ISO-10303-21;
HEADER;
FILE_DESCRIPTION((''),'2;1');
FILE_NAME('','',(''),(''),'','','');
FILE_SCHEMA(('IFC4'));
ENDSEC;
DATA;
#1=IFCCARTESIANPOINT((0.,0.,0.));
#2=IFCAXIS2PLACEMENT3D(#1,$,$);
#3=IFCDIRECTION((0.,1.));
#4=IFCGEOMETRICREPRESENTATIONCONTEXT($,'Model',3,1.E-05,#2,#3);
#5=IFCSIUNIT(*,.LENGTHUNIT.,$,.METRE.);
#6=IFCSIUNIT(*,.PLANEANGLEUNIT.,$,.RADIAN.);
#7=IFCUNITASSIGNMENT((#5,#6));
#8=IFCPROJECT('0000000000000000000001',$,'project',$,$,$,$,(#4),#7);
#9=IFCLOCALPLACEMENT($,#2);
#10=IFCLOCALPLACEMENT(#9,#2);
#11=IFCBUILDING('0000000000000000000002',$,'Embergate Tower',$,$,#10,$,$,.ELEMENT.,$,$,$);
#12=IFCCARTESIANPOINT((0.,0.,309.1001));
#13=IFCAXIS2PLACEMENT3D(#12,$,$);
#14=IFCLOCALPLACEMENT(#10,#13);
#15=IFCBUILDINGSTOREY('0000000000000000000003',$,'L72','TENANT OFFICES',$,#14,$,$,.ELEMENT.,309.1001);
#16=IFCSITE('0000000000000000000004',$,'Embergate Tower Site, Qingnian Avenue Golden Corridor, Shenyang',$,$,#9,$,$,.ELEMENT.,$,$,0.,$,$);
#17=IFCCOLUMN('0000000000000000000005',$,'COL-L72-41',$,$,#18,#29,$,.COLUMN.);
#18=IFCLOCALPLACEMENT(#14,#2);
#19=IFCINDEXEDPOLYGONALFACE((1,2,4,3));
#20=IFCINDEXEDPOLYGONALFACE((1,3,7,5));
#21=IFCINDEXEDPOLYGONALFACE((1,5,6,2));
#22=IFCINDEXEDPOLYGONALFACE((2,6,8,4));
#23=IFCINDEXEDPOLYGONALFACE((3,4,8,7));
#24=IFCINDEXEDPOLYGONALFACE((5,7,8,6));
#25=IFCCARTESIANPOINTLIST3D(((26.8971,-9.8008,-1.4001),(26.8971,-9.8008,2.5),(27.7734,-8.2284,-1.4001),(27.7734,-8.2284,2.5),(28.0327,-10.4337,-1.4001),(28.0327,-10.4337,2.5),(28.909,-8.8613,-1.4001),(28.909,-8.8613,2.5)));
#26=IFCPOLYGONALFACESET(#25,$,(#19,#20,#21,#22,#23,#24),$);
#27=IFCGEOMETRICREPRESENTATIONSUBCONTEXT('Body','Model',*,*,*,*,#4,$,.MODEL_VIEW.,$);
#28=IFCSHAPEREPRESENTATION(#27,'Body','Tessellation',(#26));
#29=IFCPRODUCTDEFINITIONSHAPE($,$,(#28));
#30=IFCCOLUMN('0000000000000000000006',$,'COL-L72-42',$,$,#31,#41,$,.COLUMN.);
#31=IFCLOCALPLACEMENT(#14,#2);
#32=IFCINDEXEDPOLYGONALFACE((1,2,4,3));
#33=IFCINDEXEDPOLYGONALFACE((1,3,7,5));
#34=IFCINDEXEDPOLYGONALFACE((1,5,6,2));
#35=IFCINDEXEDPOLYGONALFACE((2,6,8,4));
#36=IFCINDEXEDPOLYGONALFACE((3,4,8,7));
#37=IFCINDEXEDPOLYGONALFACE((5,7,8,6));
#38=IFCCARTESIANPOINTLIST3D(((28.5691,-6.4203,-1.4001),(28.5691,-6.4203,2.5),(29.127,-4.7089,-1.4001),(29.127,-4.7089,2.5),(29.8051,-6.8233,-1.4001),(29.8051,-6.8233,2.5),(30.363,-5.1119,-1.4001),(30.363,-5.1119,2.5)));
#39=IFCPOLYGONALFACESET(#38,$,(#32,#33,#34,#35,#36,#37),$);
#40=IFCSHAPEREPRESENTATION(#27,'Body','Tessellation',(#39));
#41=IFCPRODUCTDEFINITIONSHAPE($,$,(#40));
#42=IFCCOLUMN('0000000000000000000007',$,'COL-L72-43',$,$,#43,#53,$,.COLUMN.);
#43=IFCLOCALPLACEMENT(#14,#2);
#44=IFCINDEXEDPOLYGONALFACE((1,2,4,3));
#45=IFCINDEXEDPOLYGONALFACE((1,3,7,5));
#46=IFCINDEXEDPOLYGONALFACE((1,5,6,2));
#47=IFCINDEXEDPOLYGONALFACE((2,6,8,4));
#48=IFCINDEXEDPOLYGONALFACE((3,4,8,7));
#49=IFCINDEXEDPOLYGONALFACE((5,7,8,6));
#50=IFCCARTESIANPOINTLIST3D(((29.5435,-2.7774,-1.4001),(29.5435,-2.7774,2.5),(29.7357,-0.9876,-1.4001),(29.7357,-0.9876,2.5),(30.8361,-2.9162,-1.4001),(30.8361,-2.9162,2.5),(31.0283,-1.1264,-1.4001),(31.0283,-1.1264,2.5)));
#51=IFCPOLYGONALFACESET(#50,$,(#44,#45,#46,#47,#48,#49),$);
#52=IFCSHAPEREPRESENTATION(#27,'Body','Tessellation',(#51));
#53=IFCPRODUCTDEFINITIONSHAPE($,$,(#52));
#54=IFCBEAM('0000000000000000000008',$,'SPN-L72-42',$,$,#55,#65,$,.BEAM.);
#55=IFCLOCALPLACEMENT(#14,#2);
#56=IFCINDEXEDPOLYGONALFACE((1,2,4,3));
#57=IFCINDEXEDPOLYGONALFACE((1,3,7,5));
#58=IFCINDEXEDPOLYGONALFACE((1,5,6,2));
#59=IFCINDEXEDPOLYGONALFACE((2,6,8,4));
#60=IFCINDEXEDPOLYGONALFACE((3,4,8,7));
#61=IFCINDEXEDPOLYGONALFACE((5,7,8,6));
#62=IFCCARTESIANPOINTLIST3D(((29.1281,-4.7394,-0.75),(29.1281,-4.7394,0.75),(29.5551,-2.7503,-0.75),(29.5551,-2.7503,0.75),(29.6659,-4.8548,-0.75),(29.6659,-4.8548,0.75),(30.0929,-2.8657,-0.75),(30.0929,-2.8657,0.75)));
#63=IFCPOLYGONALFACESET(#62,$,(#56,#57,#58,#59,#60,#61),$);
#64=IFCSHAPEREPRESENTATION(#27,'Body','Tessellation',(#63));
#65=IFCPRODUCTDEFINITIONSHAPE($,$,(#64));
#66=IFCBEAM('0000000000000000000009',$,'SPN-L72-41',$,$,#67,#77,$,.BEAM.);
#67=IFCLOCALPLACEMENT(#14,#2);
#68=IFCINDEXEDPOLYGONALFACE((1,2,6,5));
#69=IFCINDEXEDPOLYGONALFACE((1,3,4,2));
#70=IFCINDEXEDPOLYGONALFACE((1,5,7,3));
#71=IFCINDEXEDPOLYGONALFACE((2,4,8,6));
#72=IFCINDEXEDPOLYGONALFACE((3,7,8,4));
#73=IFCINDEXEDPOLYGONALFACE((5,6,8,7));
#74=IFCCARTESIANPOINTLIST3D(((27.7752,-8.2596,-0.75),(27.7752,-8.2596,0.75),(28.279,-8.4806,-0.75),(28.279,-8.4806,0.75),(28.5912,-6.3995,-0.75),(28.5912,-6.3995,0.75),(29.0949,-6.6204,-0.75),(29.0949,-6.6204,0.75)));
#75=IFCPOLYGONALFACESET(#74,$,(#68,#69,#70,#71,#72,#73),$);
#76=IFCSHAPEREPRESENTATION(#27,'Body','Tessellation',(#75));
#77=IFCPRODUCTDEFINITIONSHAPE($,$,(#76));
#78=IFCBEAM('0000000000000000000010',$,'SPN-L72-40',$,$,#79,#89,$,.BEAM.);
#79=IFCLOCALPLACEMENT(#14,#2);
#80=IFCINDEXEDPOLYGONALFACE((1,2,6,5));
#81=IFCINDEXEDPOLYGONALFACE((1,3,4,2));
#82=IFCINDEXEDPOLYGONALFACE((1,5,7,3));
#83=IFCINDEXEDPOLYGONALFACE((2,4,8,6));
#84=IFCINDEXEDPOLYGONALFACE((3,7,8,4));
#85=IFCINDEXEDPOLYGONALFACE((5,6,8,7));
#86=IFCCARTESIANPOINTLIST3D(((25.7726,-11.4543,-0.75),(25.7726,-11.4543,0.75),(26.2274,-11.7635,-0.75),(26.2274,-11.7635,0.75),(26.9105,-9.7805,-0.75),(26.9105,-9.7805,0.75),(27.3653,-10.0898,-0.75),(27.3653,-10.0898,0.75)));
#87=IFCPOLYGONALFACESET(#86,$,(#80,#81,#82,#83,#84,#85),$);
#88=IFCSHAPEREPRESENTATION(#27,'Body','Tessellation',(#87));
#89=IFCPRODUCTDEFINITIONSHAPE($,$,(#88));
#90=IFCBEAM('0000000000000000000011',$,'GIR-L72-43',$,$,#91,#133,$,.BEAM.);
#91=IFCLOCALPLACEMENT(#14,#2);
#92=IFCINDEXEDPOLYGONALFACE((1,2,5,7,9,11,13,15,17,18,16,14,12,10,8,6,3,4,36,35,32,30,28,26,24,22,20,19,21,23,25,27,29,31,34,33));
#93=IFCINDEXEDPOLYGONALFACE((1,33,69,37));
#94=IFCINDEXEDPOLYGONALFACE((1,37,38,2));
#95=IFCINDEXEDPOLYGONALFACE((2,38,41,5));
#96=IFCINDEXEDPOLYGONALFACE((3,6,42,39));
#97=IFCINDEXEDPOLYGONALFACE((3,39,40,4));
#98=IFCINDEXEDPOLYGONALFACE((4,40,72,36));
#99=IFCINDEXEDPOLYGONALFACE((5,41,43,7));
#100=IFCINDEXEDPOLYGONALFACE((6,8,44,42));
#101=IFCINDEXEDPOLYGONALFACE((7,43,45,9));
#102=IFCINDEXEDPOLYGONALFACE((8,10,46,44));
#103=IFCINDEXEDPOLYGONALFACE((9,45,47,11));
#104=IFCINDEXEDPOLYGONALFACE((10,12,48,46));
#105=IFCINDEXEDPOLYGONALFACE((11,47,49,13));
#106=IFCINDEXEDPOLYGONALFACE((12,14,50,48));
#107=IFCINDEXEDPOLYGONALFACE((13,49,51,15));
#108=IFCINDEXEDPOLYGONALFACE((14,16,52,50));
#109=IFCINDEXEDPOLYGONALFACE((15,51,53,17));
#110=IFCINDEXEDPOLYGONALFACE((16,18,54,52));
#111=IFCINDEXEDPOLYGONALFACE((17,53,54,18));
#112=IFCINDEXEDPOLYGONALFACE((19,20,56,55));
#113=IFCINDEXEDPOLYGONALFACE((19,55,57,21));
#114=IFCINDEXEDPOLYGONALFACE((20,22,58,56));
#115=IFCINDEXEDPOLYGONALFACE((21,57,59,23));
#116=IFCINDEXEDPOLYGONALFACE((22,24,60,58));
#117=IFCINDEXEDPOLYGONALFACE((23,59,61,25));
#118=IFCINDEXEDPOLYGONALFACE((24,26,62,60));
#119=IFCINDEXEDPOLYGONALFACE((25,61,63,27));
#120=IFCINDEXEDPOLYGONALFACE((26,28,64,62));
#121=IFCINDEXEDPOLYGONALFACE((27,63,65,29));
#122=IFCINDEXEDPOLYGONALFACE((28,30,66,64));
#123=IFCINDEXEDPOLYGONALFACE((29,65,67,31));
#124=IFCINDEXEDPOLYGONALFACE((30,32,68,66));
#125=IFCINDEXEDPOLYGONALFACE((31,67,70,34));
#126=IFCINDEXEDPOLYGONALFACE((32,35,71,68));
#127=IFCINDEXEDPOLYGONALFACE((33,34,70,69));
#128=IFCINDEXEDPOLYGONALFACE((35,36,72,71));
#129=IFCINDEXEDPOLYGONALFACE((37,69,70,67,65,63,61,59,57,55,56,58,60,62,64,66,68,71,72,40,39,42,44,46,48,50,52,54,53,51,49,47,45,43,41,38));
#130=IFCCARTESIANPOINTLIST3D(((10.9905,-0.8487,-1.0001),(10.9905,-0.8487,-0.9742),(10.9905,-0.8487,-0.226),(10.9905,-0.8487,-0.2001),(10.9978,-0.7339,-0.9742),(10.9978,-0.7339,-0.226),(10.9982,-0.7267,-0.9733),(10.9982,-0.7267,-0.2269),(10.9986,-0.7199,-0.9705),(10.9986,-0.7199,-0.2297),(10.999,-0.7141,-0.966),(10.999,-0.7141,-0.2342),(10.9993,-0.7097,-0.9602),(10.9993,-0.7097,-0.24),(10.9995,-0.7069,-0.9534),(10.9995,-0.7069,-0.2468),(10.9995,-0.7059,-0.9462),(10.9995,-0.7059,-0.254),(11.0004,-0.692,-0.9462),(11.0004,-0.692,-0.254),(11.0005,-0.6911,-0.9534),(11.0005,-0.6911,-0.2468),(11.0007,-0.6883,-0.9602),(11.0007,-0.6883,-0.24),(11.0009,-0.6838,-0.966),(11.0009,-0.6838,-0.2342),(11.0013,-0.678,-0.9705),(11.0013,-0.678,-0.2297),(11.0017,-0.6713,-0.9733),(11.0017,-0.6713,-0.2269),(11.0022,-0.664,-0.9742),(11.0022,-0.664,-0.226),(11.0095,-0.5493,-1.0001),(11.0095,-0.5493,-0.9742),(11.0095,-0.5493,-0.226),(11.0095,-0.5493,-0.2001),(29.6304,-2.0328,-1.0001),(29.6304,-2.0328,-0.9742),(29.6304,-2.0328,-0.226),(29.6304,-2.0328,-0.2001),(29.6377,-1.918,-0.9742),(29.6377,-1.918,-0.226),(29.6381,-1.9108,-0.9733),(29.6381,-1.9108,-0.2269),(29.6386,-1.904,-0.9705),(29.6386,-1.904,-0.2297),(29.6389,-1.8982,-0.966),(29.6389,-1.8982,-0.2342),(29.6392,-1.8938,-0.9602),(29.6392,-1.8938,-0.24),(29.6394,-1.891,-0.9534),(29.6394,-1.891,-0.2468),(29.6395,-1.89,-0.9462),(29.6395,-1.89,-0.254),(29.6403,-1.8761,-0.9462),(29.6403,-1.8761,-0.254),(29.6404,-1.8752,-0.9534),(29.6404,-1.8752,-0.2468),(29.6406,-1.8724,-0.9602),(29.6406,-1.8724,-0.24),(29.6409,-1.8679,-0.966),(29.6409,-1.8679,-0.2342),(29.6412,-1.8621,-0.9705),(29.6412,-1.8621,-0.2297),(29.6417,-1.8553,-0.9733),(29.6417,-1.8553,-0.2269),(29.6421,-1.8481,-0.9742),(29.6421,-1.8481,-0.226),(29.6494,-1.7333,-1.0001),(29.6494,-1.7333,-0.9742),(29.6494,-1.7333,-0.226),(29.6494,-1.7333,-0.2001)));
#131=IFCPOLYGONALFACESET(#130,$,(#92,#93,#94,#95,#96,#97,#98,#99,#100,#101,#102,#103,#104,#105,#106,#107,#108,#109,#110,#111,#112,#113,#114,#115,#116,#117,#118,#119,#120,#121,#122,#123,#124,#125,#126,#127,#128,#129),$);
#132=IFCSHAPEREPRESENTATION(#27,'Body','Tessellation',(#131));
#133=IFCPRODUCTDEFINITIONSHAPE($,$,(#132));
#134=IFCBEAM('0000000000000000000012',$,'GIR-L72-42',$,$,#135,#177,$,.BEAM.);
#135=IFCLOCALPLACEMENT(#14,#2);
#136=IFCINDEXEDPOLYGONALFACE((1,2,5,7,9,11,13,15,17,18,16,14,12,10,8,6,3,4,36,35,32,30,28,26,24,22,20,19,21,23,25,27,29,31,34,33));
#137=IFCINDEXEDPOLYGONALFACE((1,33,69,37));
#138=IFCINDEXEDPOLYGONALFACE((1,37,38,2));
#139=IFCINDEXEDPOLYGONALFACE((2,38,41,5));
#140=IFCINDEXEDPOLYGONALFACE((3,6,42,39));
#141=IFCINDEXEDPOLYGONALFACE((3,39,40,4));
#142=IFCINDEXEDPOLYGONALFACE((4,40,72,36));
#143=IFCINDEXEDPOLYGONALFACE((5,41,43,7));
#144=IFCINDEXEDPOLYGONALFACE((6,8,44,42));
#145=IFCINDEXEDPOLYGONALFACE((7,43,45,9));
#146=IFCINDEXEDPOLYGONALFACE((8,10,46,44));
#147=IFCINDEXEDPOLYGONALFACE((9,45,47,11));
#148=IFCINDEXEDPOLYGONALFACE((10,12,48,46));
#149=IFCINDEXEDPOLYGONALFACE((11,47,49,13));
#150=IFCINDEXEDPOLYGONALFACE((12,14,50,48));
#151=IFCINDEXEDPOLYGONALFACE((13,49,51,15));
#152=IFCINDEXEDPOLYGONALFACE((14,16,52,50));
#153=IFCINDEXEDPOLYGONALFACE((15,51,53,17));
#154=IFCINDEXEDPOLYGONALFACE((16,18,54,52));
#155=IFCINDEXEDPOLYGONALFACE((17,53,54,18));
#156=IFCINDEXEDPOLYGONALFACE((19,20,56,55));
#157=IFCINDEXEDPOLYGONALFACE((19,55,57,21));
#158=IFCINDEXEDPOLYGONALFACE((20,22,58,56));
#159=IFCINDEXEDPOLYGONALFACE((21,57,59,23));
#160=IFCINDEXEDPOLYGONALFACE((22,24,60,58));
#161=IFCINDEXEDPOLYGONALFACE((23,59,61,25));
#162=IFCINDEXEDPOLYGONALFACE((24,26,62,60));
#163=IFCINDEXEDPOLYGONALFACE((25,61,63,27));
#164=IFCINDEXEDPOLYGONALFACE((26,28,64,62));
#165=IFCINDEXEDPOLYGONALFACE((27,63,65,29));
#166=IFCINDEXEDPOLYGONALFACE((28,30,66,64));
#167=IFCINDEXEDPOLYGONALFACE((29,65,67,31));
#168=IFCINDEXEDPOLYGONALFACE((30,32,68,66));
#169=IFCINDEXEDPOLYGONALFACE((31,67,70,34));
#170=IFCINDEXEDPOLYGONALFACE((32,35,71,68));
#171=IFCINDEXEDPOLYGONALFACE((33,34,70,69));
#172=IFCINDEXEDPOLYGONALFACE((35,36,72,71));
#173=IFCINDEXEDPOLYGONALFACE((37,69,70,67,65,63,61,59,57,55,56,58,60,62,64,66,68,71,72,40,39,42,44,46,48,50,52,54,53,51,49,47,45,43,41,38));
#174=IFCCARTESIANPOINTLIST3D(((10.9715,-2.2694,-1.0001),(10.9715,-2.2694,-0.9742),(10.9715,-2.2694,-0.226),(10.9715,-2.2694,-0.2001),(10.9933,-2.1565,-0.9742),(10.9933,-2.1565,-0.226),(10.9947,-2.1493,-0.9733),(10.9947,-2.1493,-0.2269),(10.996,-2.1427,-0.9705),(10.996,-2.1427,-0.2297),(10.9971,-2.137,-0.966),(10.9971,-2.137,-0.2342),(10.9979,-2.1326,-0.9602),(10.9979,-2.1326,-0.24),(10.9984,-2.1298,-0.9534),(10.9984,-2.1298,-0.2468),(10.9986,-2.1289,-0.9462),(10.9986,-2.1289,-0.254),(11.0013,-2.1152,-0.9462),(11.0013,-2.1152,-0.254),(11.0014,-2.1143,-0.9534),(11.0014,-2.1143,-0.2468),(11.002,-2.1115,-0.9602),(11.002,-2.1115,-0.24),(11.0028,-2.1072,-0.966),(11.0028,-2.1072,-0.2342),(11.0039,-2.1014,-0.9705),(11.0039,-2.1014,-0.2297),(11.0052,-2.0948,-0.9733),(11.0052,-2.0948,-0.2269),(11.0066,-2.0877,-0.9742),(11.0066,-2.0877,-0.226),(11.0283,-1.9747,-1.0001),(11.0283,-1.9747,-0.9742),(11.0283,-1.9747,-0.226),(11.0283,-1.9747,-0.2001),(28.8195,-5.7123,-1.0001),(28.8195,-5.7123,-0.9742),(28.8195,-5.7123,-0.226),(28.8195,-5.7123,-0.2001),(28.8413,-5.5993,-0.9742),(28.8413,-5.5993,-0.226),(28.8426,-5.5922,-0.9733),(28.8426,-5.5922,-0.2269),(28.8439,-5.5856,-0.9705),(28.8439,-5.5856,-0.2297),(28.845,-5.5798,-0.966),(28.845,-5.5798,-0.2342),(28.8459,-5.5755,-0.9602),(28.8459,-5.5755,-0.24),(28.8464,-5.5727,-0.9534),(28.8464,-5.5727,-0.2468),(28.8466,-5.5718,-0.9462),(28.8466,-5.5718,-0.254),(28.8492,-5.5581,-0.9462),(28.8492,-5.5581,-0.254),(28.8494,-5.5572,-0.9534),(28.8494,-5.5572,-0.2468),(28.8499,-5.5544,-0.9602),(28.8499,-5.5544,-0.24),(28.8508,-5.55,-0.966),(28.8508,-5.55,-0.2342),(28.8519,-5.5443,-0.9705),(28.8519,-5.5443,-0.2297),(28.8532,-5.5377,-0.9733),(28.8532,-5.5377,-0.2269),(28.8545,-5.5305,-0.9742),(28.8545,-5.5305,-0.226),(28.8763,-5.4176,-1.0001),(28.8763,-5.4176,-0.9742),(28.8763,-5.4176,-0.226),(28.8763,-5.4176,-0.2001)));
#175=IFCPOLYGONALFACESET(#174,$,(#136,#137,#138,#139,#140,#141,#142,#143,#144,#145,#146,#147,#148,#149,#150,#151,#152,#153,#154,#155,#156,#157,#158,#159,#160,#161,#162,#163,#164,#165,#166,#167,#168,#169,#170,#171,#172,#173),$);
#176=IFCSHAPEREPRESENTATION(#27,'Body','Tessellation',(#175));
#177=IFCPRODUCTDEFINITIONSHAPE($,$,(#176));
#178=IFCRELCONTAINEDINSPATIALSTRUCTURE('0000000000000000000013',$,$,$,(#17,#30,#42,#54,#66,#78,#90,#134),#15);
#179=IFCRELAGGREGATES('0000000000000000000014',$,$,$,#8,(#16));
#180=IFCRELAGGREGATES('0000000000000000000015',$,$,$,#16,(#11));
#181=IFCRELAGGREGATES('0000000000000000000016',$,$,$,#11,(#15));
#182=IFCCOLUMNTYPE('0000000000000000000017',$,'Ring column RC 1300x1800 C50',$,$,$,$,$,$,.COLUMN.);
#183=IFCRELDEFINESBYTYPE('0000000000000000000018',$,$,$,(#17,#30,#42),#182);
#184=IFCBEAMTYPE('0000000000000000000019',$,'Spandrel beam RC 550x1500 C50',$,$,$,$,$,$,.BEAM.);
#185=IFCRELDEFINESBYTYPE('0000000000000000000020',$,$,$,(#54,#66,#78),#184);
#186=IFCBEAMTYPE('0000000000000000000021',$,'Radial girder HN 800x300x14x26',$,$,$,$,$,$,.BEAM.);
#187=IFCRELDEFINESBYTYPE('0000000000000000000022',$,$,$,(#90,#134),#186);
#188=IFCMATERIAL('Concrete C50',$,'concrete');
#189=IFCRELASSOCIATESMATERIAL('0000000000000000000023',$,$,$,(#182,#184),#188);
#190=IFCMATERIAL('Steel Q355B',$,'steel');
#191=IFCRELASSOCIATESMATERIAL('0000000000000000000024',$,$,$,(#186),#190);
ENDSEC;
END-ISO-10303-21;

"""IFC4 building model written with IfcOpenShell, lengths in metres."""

from ifc_helpers import new_model, si_unit, direction, frame, origin, origin_2d, place, context, subcontext, project, spatial, rectangle, i_section, extrude, source, transform, mapped, material, material_profile, profile_set, type_object, element, save


model = new_model("IFC4")

# Units and contexts
model_context = context("Model", 3, precision=1e-05, world=origin(), true_north=direction((0.0, 1.0)))
body_context = subcontext(model_context, "Body", "Model", "MODEL_VIEW")
ifc_project = project(units=[si_unit("LENGTHUNIT", "METRE"), si_unit("PLANEANGLEUNIT", "RADIAN")], contexts=[model_context])

# Site, building, storey
site_placement = place(None, origin())
site = spatial("IfcSite", under=ifc_project, at=site_placement, Name="Embergate Tower Site, Qingnian Avenue Golden Corridor, Shenyang", CompositionType="ELEMENT", RefElevation=0.0)
building_placement = place(site_placement, origin())
building = spatial("IfcBuilding", under=site, at=building_placement, Name="Embergate Tower", CompositionType="ELEMENT")
storey_placement = place(building_placement, frame((0.0, 0.0, 309.1001)))
storey = spatial("IfcBuildingStorey", under=building, at=storey_placement, Name="L72", Description="TENANT OFFICES", CompositionType="ELEMENT", Elevation=309.1001)

# Columns
ifc_material_1 = material(Name="Concrete C50", Category="concrete")
ifc_material_profile_1 = material_profile(ifc_material_1, rectangle(XDim=1.3, YDim=1.8, at=origin_2d()), Name="RC 1300x1800")
ifc_profile_set_1 = profile_set([ifc_material_profile_1], Name="Concrete C50")
column_type = type_object("IfcColumnType", Name="Ring column RC 1300x1800 C50", PredefinedType="COLUMN", material=ifc_profile_set_1)
shared_shape_1 = source(origin(), body_context, "Body", "SweptSolid", [
    extrude(rectangle(XDim=1.3, YDim=1.8, at=origin_2d()), origin(), (0.0, 0.0, 1.0), 3.9001),
])
for number, where, z_axis, x_axis, name in (
    (1, (27.9031, -9.3311, -1.4001), (0.0, 0.0, 1.0), (0.8735, -0.486823, 0.0), "COL-L72-41"),
    (2, (29.4661, -5.7661, -1.4001), (0.0, 0.0, 1.0), (0.950754, -0.309946, 0.0), "COL-L72-42"),
    (3, (30.2859, -1.9519, -1.4001), (0.0, 0.0, 1.0), (0.994286, -0.10675, 0.0), "COL-L72-43"),
):
    element("IfcColumn", number, at=place(storey_placement, frame(where, z_axis=z_axis, x_axis=x_axis)), inside=storey, type_object=column_type, Name=name, PredefinedType="COLUMN", context=body_context, shape_type="MappedRepresentation", body=[
        mapped(shared_shape_1, transform((0.0, 0.0, 0.0))),
    ])

# Beams
ifc_material_profile_2 = material_profile(ifc_material_1, rectangle(XDim=0.55, YDim=1.5, at=origin_2d()), Name="RC 550x1500")
ifc_profile_set_2 = profile_set([ifc_material_profile_2], Name="Concrete C50")
beam_type_1 = type_object("IfcBeamType", Name="Spandrel beam RC 550x1500 C50", PredefinedType="BEAM", material=ifc_profile_set_2)
shared_shape_2 = source(origin(), body_context, "Body", "SweptSolid", [
    extrude(rectangle(XDim=0.55, YDim=1.5, at=origin_2d()), origin(), (0.0, 0.0, 1.0), 2.0344),
])
beam_1_placement = place(storey_placement, frame((29.397, -4.7971, 0.0), z_axis=(0.209898, 0.977723, 0.0), x_axis=(-0.977723, 0.209898, 0.0)))
element("IfcBeam", 4, at=beam_1_placement, inside=storey, type_object=beam_type_1, Name="SPN-L72-42", PredefinedType="BEAM", context=body_context, shape_type="MappedRepresentation", body=[
    mapped(shared_shape_2, transform((0.0, 0.0, 0.0))),
])
shared_shape_3 = source(origin(), body_context, "Body", "SweptSolid", [
    extrude(rectangle(XDim=0.55, YDim=1.5, at=origin_2d()), origin(), (0.0, 0.0, 1.0), 2.0312),
])
beam_2_placement = place(storey_placement, frame((28.0271, -8.3701, 0.0), z_axis=(0.401695, 0.915773, 0.0), x_axis=(-0.915773, 0.401695, 0.0)))
element("IfcBeam", 5, at=beam_2_placement, inside=storey, type_object=beam_type_1, Name="SPN-L72-41", PredefinedType="BEAM", context=body_context, shape_type="MappedRepresentation", body=[
    mapped(shared_shape_3, transform((0.0, 0.0, 0.0))),
])
shared_shape_4 = source(origin(), body_context, "Body", "SweptSolid", [
    extrude(rectangle(XDim=0.55, YDim=1.5, at=origin_2d()), origin(), (0.0, 0.0, 1.0), 2.0239),
])
beam_3_placement = place(storey_placement, frame((26.0, -11.6089, 0.0), z_axis=(0.562221, 0.826987, 0.0), x_axis=(-0.826987, 0.562221, 0.0)))
element("IfcBeam", 6, at=beam_3_placement, inside=storey, type_object=beam_type_1, Name="SPN-L72-40", PredefinedType="BEAM", context=body_context, shape_type="MappedRepresentation", body=[
    mapped(shared_shape_4, transform((0.0, 0.0, 0.0))),
])
ifc_material_2 = material(Name="Steel Q355B", Category="steel")
ifc_material_profile_3 = material_profile(ifc_material_2, i_section(OverallWidth=0.3, OverallDepth=0.8, WebThickness=0.0139, FlangeThickness=0.0259, FilletRadius=0.0281, at=origin_2d()), Name="HN 800x300x14x26")
ifc_profile_set_3 = profile_set([ifc_material_profile_3], Name="Steel Q355 grade B")
beam_type_2 = type_object("IfcBeamType", Name="Radial girder HN 800x300x14x26", PredefinedType="BEAM", material=ifc_profile_set_3)
shared_shape_5 = source(origin(), body_context, "Body", "SweptSolid", [
    extrude(i_section(OverallWidth=0.3, OverallDepth=0.8, WebThickness=0.0139, FlangeThickness=0.0259, FilletRadius=0.0281, at=origin_2d()), origin(), (0.0, 0.0, 1.0), 18.6775),
])
beam_4_placement = place(storey_placement, frame((29.6399, -1.8831, -0.6001), z_axis=(-0.997988, 0.063396, 0.0), x_axis=(-0.063396, -0.997988, 0.0)))
element("IfcBeam", 7, at=beam_4_placement, inside=storey, type_object=beam_type_2, Name="GIR-L72-43", PredefinedType="BEAM", context=body_context, shape_type="MappedRepresentation", body=[
    mapped(shared_shape_5, transform((0.0, 0.0, 0.0))),
])
shared_shape_6 = source(origin(), body_context, "Body", "SweptSolid", [
    extrude(i_section(OverallWidth=0.3, OverallDepth=0.8, WebThickness=0.0139, FlangeThickness=0.0259, FilletRadius=0.0281, at=origin_2d()), origin(), (0.0, 0.0, 1.0), 18.177),
])
beam_5_placement = place(storey_placement, frame((28.8479, -5.5649, -0.6001), z_axis=(-0.981898, 0.189409, 0.0), x_axis=(-0.189409, -0.981898, 0.0)))
element("IfcBeam", 8, at=beam_5_placement, inside=storey, type_object=beam_type_2, Name="GIR-L72-42", PredefinedType="BEAM", context=body_context, shape_type="MappedRepresentation", body=[
    mapped(shared_shape_6, transform((0.0, 0.0, 0.0))),
])

save(model, "model.ifc")
